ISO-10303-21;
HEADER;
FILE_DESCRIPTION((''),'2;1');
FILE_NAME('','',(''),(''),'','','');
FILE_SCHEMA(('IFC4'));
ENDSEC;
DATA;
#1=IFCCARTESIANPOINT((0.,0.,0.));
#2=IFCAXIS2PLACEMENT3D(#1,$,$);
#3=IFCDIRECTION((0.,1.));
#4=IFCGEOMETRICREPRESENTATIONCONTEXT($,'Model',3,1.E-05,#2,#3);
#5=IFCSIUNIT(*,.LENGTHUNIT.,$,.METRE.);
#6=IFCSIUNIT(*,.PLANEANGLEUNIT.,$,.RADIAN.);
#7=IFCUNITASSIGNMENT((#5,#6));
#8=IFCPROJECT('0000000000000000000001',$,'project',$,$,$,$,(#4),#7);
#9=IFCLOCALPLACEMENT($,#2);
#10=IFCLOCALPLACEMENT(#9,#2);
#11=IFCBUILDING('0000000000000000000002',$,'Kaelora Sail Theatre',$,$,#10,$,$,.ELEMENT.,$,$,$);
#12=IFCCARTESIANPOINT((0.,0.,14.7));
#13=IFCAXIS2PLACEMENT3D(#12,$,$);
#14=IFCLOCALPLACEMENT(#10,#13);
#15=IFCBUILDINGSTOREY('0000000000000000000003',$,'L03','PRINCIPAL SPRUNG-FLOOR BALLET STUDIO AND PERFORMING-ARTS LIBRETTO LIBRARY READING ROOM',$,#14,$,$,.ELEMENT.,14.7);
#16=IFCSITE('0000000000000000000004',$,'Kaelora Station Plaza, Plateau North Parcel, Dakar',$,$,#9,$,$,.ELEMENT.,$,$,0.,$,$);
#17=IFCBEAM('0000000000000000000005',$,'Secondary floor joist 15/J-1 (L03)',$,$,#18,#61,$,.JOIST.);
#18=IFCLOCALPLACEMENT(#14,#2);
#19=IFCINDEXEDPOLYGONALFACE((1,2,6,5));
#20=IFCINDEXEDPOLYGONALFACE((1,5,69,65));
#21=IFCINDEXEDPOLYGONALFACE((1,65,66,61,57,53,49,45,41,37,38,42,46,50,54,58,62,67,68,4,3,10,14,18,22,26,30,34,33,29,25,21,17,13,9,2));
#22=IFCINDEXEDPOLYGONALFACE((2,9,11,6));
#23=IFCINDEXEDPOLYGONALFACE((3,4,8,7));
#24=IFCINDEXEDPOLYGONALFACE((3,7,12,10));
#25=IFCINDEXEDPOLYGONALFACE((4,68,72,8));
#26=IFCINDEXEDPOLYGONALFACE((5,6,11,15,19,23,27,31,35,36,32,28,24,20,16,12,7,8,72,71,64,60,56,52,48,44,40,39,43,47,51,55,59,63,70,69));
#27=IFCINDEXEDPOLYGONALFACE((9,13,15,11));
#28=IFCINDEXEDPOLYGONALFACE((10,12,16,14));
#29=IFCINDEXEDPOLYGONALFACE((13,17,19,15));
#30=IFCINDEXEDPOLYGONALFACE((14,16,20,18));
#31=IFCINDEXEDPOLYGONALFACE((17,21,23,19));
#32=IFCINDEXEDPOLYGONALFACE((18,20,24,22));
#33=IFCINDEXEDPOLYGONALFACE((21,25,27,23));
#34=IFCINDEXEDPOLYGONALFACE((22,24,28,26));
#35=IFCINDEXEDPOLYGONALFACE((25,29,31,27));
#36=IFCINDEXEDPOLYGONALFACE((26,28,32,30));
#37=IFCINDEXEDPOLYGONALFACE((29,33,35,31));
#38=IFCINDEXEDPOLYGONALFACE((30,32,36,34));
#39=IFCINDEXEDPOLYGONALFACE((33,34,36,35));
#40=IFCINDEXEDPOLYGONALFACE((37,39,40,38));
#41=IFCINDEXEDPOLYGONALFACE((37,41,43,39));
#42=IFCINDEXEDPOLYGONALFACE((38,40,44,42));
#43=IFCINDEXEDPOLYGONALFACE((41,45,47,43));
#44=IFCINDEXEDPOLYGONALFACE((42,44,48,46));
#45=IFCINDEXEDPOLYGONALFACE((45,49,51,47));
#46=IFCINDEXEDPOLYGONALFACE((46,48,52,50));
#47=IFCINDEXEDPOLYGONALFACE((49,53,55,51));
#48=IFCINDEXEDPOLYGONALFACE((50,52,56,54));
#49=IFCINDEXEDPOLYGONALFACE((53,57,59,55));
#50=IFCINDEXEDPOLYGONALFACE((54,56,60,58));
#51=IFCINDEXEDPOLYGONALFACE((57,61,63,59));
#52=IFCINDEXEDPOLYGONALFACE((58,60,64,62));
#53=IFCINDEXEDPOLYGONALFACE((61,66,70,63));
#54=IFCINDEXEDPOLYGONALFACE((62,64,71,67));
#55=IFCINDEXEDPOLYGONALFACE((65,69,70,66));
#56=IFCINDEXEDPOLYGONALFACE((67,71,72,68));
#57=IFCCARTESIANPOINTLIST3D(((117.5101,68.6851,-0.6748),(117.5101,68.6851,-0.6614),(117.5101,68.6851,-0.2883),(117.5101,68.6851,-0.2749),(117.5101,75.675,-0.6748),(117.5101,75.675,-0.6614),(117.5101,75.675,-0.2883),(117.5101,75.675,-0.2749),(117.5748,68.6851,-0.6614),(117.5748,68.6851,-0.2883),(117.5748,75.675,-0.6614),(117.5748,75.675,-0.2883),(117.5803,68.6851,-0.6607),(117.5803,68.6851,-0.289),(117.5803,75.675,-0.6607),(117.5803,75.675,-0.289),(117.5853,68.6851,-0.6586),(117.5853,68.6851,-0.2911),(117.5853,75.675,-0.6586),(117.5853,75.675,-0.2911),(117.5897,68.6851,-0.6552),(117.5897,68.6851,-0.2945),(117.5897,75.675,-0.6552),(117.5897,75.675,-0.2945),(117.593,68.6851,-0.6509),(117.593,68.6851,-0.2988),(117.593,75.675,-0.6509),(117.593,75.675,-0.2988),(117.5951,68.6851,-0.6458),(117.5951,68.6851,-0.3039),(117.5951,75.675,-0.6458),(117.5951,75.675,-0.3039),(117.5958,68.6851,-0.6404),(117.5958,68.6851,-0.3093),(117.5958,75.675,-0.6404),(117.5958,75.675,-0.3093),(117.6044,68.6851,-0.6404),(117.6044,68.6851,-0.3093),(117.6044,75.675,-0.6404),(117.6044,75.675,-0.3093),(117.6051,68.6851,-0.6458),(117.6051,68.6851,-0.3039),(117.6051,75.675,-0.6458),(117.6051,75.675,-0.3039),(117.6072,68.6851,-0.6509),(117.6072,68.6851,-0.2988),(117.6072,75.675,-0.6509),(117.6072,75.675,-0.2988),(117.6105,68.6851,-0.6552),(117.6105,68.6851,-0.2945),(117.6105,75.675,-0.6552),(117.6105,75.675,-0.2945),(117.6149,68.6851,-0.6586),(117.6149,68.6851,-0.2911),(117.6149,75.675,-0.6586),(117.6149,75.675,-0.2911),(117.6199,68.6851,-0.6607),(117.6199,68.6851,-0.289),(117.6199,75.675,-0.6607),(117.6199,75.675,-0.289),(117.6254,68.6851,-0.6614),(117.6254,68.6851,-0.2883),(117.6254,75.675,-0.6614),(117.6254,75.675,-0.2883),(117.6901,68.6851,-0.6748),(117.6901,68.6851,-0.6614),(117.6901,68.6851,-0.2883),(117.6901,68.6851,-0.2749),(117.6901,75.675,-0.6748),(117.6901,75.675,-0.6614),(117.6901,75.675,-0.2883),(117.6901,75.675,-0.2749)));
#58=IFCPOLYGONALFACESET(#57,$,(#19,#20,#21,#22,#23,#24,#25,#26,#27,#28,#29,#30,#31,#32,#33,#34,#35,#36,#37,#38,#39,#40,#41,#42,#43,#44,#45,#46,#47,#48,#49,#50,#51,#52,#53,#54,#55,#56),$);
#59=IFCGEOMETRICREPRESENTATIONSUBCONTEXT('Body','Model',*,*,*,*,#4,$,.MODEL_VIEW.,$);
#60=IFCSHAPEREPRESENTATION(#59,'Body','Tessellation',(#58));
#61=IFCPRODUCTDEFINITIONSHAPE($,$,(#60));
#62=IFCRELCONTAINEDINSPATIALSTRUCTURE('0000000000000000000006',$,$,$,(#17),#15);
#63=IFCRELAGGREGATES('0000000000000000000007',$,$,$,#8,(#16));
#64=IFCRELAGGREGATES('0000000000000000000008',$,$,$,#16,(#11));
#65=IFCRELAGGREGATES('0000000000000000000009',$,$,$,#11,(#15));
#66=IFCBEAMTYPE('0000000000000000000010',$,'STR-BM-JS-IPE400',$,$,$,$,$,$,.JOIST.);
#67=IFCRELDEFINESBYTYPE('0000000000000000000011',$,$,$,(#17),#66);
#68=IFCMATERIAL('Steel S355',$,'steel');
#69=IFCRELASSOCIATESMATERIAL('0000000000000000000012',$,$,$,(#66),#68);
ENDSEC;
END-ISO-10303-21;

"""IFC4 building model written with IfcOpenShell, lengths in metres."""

from ifc_helpers import new_model, si_unit, direction, frame, origin, origin_2d, place, context, subcontext, project, spatial, i_section, extrude, material, material_profile, profile_set, type_object, element, save


model = new_model("IFC4")

# Units and contexts
model_context = context("Model", 3, precision=1e-05, world=origin(), true_north=direction((0.0, 1.0)))
body_context = subcontext(model_context, "Body", "Model", "MODEL_VIEW")
ifc_project = project(units=[si_unit("LENGTHUNIT", "METRE"), si_unit("PLANEANGLEUNIT", "RADIAN")], contexts=[model_context])

# Site, building, storey
site_placement = place(None, origin())
site = spatial("IfcSite", under=ifc_project, at=site_placement, Name="Kaelora Station Plaza, Plateau North Parcel, Dakar", CompositionType="ELEMENT", RefElevation=0.0)
building_placement = place(site_placement, origin())
building = spatial("IfcBuilding", under=site, at=building_placement, Name="Kaelora Sail Theatre", CompositionType="ELEMENT")
storey_placement = place(building_placement, frame((0.0, 0.0, 14.7)))
storey = spatial("IfcBuildingStorey", under=building, at=storey_placement, Name="L03", Description="PRINCIPAL SPRUNG-FLOOR BALLET STUDIO AND PERFORMING-ARTS LIBRETTO LIBRARY READING ROOM", CompositionType="ELEMENT", Elevation=14.7)

# Beam
ifc_material_1 = material(Name="Steel S355", Category="steel")
ifc_material_profile_1 = material_profile(ifc_material_1, i_section(OverallWidth=0.1799, OverallDepth=0.3999, WebThickness=0.0085, FlangeThickness=0.0134, FilletRadius=0.021, at=origin_2d()), Name="IPE 400")
ifc_profile_set_1 = profile_set([ifc_material_profile_1], Name="Steel S355")
beam_type_1 = type_object("IfcBeamType", Name="STR-BM-JS-IPE400", PredefinedType="JOIST", material=ifc_profile_set_1)
beam_1_placement = place(storey_placement, frame((117.6001, 68.6851, -0.4749), z_axis=(0.0, 1.0, 0.0), x_axis=(-1.0, 0.0, 0.0)))
element("IfcBeam", 1, at=beam_1_placement, inside=storey, type_object=beam_type_1, Name="Secondary floor joist 15/J-1 (L03)", PredefinedType="JOIST", context=body_context, shape_type="SweptSolid", body=[
    extrude(i_section(OverallWidth=0.1799, OverallDepth=0.3999, WebThickness=0.0085, FlangeThickness=0.0134, FilletRadius=0.021, at=origin_2d()), origin(), (0.0, 0.0, 1.0), 6.99),
])

save(model, "model.ifc")
